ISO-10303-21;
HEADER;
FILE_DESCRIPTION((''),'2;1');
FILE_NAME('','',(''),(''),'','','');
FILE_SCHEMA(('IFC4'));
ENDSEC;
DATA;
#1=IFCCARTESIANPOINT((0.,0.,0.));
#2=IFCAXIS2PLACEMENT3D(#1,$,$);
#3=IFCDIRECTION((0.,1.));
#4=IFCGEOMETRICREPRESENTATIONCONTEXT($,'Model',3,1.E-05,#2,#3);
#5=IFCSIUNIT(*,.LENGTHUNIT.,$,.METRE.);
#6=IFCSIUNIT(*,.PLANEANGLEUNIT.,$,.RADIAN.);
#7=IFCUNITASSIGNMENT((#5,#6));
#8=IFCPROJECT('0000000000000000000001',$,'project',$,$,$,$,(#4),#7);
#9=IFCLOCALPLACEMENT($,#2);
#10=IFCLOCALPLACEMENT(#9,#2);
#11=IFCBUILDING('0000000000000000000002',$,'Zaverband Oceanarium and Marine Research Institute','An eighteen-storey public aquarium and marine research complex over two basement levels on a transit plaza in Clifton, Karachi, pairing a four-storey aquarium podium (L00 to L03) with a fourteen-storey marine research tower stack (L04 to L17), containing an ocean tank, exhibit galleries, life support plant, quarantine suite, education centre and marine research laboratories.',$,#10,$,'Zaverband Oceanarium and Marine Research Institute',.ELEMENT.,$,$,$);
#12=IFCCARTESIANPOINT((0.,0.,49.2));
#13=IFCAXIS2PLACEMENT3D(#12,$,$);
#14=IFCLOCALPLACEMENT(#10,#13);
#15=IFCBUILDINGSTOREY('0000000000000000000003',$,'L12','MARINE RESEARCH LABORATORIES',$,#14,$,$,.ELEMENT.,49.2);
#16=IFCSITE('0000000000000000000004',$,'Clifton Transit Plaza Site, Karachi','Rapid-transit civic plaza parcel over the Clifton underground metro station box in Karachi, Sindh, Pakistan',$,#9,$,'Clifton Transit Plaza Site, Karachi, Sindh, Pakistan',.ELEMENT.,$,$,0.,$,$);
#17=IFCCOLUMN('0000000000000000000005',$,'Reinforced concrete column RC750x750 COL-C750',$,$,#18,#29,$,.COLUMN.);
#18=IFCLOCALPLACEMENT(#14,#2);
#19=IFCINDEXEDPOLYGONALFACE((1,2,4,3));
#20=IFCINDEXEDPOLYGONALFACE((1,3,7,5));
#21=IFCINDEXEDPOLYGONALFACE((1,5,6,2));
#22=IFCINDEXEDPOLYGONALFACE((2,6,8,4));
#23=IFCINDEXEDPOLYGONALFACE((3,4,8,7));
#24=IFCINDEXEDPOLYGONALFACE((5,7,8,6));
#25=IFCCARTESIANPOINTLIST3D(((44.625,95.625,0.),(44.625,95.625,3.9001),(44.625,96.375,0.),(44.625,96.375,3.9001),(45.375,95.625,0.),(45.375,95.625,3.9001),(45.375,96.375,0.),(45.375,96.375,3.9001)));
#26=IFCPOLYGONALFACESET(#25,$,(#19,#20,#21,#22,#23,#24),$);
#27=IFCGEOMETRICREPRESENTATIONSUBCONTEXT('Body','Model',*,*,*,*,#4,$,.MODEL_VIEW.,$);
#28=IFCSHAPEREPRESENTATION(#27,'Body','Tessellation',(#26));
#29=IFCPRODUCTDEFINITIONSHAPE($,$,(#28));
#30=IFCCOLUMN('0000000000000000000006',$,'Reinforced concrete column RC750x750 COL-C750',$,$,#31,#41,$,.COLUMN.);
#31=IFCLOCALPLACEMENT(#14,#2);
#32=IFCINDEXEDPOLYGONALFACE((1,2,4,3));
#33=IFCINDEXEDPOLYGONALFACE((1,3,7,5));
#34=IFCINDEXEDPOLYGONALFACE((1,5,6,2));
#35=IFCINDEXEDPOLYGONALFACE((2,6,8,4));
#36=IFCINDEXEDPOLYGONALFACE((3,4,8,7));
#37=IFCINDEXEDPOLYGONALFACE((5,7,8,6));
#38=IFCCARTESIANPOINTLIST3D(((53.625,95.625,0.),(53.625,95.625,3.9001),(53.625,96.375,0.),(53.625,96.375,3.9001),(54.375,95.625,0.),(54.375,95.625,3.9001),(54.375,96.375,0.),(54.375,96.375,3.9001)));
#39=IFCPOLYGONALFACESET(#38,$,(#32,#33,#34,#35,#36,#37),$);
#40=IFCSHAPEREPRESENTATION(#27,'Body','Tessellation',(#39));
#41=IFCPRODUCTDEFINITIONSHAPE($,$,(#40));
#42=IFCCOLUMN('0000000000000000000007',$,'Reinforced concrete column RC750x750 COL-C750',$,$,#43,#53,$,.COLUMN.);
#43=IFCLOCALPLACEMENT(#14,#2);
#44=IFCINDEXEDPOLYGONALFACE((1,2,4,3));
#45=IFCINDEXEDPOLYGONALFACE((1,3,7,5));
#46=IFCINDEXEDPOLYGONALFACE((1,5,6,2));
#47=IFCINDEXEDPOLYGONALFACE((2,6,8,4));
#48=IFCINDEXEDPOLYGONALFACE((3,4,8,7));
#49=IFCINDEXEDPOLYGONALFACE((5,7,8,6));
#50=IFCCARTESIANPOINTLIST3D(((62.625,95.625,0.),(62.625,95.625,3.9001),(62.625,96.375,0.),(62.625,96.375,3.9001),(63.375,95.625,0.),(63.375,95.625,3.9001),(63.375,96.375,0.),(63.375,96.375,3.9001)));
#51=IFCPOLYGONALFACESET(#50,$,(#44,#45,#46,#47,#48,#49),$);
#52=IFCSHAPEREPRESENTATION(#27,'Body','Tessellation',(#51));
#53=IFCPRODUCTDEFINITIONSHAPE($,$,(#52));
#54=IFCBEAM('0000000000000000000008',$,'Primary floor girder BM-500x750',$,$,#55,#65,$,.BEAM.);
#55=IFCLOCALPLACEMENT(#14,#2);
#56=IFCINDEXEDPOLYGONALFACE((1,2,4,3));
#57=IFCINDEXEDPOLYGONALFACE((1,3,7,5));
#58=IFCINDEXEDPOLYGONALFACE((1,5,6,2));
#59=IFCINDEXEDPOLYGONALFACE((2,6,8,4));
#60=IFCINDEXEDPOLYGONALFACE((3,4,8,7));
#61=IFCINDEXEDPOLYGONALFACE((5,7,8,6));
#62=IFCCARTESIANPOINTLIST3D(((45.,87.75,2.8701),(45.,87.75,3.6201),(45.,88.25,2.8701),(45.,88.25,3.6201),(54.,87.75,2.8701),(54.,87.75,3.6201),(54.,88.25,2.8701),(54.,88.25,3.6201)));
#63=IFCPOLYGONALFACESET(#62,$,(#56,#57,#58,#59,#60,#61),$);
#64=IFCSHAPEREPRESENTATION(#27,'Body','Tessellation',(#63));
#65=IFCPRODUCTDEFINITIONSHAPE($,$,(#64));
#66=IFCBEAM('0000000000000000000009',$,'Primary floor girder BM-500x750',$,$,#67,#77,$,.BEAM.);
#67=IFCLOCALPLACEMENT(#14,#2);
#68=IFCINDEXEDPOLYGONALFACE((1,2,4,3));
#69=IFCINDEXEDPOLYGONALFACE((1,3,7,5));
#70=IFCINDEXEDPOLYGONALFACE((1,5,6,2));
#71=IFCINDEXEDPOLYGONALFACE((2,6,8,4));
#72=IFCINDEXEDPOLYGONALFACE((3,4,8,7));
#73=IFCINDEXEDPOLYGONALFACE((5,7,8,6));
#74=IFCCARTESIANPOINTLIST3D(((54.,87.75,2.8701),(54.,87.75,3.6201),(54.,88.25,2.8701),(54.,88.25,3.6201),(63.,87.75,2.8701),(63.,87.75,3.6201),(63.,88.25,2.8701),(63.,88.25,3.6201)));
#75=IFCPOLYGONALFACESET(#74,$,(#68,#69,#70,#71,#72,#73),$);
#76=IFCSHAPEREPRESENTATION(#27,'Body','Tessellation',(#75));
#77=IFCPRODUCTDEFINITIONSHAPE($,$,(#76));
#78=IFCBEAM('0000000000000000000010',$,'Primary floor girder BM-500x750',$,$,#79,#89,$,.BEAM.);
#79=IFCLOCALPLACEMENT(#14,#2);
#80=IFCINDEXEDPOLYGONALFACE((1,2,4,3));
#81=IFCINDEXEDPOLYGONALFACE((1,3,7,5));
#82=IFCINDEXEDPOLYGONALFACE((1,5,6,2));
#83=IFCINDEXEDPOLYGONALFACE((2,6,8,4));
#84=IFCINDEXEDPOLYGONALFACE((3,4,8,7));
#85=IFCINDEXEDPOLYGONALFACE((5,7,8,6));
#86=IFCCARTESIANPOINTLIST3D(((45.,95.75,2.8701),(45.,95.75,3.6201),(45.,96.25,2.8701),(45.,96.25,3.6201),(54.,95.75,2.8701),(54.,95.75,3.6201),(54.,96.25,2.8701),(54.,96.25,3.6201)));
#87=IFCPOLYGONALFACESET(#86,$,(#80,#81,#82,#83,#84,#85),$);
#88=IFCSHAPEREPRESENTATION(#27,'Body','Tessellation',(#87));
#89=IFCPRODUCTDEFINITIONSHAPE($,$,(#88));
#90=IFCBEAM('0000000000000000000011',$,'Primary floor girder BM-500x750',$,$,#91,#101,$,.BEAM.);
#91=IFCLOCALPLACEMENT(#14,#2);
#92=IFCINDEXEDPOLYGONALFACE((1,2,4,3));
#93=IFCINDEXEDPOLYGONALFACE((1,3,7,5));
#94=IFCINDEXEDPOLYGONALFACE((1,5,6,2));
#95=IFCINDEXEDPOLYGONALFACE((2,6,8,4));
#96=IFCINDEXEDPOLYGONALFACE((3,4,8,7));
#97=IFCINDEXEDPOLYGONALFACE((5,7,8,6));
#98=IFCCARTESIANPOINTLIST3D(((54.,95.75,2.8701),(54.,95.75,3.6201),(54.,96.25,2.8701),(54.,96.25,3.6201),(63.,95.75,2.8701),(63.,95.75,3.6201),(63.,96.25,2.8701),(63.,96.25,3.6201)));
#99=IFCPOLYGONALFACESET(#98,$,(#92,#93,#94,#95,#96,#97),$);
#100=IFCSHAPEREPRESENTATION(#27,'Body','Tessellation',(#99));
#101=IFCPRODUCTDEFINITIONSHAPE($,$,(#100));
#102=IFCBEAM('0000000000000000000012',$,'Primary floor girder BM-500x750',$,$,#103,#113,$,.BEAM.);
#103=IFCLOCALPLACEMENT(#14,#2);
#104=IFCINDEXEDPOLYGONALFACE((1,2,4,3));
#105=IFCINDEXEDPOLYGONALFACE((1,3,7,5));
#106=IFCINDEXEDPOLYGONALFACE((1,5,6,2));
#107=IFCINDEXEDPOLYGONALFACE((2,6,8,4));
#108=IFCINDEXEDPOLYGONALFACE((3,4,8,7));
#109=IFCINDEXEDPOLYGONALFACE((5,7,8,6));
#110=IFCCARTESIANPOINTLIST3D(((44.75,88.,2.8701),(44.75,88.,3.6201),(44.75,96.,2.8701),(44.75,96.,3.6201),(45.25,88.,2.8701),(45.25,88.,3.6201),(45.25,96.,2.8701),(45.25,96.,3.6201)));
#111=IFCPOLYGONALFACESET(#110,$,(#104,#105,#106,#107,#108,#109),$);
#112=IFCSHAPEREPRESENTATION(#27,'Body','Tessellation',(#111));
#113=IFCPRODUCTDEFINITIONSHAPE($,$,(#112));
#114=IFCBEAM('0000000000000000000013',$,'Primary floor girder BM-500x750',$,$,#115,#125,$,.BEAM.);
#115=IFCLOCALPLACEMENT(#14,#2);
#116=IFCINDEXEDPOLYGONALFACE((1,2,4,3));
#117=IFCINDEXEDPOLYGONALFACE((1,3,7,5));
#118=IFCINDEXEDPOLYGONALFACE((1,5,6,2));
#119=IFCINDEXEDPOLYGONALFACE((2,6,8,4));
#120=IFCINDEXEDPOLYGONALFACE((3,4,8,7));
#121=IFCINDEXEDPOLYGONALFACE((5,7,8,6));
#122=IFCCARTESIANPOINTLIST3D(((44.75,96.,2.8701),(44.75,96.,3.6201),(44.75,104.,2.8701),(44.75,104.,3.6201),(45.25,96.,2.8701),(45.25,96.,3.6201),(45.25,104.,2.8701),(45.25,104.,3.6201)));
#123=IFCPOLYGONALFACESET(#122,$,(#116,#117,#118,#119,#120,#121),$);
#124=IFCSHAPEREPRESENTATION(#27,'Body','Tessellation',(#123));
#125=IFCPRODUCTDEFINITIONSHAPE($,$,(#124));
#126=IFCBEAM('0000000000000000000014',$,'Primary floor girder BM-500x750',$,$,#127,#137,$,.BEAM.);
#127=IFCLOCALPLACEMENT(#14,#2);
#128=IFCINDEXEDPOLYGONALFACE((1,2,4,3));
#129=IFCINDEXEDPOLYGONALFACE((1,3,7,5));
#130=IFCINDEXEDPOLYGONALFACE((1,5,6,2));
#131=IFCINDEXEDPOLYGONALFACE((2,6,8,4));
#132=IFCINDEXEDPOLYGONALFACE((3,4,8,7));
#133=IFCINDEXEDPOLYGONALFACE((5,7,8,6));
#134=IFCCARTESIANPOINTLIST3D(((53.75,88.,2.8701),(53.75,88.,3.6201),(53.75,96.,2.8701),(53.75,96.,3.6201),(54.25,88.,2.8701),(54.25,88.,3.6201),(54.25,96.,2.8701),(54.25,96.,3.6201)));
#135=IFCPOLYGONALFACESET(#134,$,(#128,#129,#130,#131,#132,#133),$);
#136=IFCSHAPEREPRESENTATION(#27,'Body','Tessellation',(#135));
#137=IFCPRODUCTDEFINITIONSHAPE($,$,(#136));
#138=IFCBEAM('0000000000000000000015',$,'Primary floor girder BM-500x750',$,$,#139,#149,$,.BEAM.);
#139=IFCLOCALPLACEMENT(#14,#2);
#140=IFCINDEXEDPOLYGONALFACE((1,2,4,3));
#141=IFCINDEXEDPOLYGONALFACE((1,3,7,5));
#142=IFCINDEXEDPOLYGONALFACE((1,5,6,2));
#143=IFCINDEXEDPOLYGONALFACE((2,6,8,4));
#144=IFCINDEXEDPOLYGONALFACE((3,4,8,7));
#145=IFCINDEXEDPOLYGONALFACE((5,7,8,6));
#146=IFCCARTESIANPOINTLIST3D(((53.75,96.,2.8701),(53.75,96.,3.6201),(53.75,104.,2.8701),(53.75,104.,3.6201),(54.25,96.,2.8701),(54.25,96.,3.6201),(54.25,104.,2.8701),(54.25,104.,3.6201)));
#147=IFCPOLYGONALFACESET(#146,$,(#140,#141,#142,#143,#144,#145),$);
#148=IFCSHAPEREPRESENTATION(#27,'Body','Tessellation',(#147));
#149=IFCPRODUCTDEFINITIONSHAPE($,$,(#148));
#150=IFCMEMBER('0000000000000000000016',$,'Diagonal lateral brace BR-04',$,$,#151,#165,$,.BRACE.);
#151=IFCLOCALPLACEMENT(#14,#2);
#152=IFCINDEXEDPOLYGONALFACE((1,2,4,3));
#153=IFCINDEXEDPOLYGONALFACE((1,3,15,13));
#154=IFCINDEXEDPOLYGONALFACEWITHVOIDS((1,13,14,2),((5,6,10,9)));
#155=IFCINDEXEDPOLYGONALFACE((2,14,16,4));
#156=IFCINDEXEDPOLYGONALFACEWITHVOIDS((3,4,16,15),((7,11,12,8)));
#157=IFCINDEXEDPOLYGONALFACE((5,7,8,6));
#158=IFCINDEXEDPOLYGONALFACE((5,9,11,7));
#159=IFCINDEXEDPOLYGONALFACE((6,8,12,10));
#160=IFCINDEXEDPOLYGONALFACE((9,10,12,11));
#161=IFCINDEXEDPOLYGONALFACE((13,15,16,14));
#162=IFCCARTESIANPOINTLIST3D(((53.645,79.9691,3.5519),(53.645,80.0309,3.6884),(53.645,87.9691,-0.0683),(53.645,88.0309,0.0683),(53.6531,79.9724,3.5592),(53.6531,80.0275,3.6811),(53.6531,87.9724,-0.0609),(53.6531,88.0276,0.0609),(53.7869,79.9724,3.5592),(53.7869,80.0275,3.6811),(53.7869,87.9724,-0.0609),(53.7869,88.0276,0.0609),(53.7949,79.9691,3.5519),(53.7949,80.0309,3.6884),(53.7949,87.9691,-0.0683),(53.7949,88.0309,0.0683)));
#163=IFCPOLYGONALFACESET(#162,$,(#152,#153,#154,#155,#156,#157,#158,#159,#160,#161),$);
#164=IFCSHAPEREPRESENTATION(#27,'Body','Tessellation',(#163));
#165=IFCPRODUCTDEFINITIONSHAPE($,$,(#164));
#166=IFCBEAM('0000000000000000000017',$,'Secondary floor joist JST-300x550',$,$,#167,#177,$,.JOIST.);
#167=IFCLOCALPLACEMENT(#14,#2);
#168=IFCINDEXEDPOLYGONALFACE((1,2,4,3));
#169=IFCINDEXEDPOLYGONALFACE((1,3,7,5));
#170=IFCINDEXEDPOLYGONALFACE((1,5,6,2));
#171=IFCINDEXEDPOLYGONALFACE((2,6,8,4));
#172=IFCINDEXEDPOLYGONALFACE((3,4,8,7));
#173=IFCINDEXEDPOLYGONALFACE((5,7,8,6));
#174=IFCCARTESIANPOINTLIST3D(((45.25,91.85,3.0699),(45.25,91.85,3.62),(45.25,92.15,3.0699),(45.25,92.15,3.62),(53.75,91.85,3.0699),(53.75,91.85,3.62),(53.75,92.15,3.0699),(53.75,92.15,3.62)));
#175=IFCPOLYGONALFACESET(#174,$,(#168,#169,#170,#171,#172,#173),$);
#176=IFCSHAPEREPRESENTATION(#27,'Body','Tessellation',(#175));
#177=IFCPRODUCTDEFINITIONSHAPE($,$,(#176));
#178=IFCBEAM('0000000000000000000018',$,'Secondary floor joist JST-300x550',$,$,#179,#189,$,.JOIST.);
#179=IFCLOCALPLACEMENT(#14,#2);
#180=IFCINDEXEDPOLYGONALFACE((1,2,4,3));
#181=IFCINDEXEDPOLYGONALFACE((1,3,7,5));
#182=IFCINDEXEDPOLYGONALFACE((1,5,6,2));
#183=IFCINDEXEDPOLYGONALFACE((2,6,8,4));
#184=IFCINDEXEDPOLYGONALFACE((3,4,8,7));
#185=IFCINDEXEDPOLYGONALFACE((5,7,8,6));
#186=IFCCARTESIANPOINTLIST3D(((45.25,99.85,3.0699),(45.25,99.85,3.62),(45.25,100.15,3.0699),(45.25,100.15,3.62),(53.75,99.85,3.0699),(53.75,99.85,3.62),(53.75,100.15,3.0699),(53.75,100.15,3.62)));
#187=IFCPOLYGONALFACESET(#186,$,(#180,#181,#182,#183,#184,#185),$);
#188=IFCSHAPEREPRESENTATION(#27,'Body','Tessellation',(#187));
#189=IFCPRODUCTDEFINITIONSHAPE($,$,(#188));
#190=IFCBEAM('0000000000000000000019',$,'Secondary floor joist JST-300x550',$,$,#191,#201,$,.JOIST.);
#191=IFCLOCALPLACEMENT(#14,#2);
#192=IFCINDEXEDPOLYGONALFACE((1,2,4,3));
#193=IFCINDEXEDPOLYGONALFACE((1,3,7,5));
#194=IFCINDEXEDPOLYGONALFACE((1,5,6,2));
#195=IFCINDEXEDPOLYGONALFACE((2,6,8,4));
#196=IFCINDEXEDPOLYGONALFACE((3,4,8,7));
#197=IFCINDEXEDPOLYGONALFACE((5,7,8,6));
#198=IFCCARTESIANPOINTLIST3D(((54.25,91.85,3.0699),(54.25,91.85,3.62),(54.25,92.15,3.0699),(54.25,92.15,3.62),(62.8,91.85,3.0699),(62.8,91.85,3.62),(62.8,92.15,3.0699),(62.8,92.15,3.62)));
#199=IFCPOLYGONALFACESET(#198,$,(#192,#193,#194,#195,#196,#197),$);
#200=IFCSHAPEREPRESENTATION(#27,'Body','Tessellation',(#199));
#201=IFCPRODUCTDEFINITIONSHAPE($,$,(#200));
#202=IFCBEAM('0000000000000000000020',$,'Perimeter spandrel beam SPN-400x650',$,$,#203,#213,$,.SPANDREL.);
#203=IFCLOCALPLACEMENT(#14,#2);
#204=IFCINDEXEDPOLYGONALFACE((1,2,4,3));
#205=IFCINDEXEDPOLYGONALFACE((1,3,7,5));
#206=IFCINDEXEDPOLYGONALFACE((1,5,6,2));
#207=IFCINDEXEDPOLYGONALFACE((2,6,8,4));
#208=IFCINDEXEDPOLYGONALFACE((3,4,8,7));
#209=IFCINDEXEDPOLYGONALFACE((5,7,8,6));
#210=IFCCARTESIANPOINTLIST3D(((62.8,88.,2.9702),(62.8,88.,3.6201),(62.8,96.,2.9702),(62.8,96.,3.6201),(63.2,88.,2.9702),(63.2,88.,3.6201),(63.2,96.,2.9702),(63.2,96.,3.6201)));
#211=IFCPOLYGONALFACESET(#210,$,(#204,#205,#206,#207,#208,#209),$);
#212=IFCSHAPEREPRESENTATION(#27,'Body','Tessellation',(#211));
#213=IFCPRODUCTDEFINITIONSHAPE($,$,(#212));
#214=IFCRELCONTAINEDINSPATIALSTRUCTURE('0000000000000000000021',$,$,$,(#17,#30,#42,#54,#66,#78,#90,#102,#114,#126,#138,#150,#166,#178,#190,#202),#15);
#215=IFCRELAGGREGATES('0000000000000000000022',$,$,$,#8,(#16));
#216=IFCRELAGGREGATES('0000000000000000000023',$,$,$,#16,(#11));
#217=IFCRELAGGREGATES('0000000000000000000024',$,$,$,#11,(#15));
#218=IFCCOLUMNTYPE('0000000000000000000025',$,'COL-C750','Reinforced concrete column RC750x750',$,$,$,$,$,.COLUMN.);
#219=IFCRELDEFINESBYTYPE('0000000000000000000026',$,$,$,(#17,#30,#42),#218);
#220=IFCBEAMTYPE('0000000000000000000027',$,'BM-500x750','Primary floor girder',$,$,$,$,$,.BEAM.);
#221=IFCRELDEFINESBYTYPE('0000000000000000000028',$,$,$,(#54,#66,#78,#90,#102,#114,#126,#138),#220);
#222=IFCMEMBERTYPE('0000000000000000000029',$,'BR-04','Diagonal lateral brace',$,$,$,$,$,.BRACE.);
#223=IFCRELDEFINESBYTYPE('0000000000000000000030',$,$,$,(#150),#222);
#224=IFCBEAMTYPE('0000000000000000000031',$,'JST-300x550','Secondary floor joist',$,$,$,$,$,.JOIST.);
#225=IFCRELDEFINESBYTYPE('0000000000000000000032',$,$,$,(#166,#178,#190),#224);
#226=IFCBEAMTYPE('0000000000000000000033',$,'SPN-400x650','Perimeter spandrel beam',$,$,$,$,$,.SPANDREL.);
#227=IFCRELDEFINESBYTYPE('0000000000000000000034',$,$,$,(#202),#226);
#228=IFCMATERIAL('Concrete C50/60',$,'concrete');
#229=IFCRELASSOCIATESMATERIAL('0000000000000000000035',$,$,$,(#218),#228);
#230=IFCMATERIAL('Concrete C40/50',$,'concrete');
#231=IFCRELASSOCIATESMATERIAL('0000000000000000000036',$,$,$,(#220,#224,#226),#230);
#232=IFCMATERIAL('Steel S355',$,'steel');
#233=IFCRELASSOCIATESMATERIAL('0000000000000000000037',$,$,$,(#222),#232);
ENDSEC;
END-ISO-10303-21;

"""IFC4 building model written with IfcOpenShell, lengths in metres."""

from ifc_helpers import new_model, si_unit, direction, frame, origin, origin_2d, place, context, subcontext, project, spatial, rectangle, hollow_rectangle, extrude, material, material_profile, profile_set, type_object, element, save


model = new_model("IFC4")

# Units and contexts
model_context = context("Model", 3, precision=1e-05, world=origin(), true_north=direction((0.0, 1.0)))
body_context = subcontext(model_context, "Body", "Model", "MODEL_VIEW")
ifc_project = project(units=[si_unit("LENGTHUNIT", "METRE"), si_unit("PLANEANGLEUNIT", "RADIAN")], contexts=[model_context])

# Site, building, storey
site_placement = place(None, origin())
site = spatial("IfcSite", under=ifc_project, at=site_placement, Name="Clifton Transit Plaza Site, Karachi", Description="Rapid-transit civic plaza parcel over the Clifton underground metro station box in Karachi, Sindh, Pakistan", LongName="Clifton Transit Plaza Site, Karachi, Sindh, Pakistan", CompositionType="ELEMENT", RefElevation=0.0)
building_placement = place(site_placement, origin())
building = spatial("IfcBuilding", under=site, at=building_placement, Name="Zaverband Oceanarium and Marine Research Institute", Description="An eighteen-storey public aquarium and marine research complex over two basement levels on a transit plaza in Clifton, Karachi, pairing a four-storey aquarium podium (L00 to L03) with a fourteen-storey marine research tower stack (L04 to L17), containing an ocean tank, exhibit galleries, life support plant, quarantine suite, education centre and marine research laboratories.", LongName="Zaverband Oceanarium and Marine Research Institute", CompositionType="ELEMENT")
storey_placement = place(building_placement, frame((0.0, 0.0, 49.2)))
storey = spatial("IfcBuildingStorey", under=building, at=storey_placement, Name="L12", Description="MARINE RESEARCH LABORATORIES", CompositionType="ELEMENT", Elevation=49.2)

# Columns
ifc_material_1 = material(Name="Concrete C50/60", Category="concrete")
ifc_material_profile_1 = material_profile(ifc_material_1, rectangle(XDim=0.75, YDim=0.75, at=origin_2d()), Name="RC750x750")
ifc_profile_set_1 = profile_set([ifc_material_profile_1], Name="Concrete C50/60")
column_type = type_object("IfcColumnType", Name="COL-C750", Description="Reinforced concrete column RC750x750", PredefinedType="COLUMN", material=ifc_profile_set_1)
for number, where, z_axis, x_axis, name in (
    (1, (45.0, 96.0, 0.0), (0.0, 0.0, 1.0), (1.0, 0.0, 0.0), "Reinforced concrete column RC750x750 COL-C750"),
    (2, (54.0, 96.0, 0.0), (0.0, 0.0, 1.0), (1.0, 0.0, 0.0), "Reinforced concrete column RC750x750 COL-C750"),
    (3, (63.0, 96.0, 0.0), (0.0, 0.0, 1.0), (1.0, 0.0, 0.0), "Reinforced concrete column RC750x750 COL-C750"),
):
    element("IfcColumn", number, at=place(storey_placement, frame(where, z_axis=z_axis, x_axis=x_axis)), inside=storey, type_object=column_type, Name=name, PredefinedType="COLUMN", context=body_context, shape_type="SweptSolid", body=[
        extrude(rectangle(XDim=0.75, YDim=0.75, at=origin_2d()), origin(), (0.0, 0.0, 1.0), 3.9001),
    ])

# Beams
ifc_material_2 = material(Name="Concrete C40/50", Category="concrete")
ifc_material_profile_2 = material_profile(ifc_material_2, rectangle(XDim=0.5, YDim=0.75, at=origin_2d()), Name="RC500x750")
ifc_profile_set_2 = profile_set([ifc_material_profile_2], Name="Concrete C40/50")
beam_type_1 = type_object("IfcBeamType", Name="BM-500x750", Description="Primary floor girder", PredefinedType="BEAM", material=ifc_profile_set_2)
for number, where, z_axis, x_axis, name in (
    (4, (45.0, 88.0, 3.2451), (1.0, 0.0, 0.0), (0.0, 1.0, 0.0), "Primary floor girder BM-500x750"),
    (5, (54.0, 88.0, 3.2451), (1.0, 0.0, 0.0), (0.0, 1.0, 0.0), "Primary floor girder BM-500x750"),
    (6, (45.0, 96.0, 3.2451), (1.0, 0.0, 0.0), (0.0, 1.0, 0.0), "Primary floor girder BM-500x750"),
    (7, (54.0, 96.0, 3.2451), (1.0, 0.0, 0.0), (0.0, 1.0, 0.0), "Primary floor girder BM-500x750"),
):
    element("IfcBeam", number, at=place(storey_placement, frame(where, z_axis=z_axis, x_axis=x_axis)), inside=storey, type_object=beam_type_1, Name=name, PredefinedType="BEAM", context=body_context, shape_type="SweptSolid", body=[
        extrude(rectangle(XDim=0.5, YDim=0.75, at=origin_2d()), origin(), (0.0, 0.0, 1.0), 9.0),
    ])
for number, where, z_axis, x_axis, name in (
    (8, (45.0, 88.0, 3.2451), (0.0, 1.0, 0.0), (-1.0, 0.0, 0.0), "Primary floor girder BM-500x750"),
    (9, (45.0, 96.0, 3.2451), (0.0, 1.0, 0.0), (-1.0, 0.0, 0.0), "Primary floor girder BM-500x750"),
    (10, (54.0, 88.0, 3.2451), (0.0, 1.0, 0.0), (-1.0, 0.0, 0.0), "Primary floor girder BM-500x750"),
    (11, (54.0, 96.0, 3.2451), (0.0, 1.0, 0.0), (-1.0, 0.0, 0.0), "Primary floor girder BM-500x750"),
):
    element("IfcBeam", number, at=place(storey_placement, frame(where, z_axis=z_axis, x_axis=x_axis)), inside=storey, type_object=beam_type_1, Name=name, PredefinedType="BEAM", context=body_context, shape_type="SweptSolid", body=[
        extrude(rectangle(XDim=0.5, YDim=0.75, at=origin_2d()), origin(), (0.0, 0.0, 1.0), 8.0),
    ])

# Member
ifc_material_3 = material(Name="Steel S355", Category="steel")
ifc_material_profile_3 = material_profile(ifc_material_3, hollow_rectangle(XDim=0.1499, YDim=0.1499, WallThickness=0.0081, at=origin_2d()), Name="SHS150x150x8")
ifc_profile_set_3 = profile_set([ifc_material_profile_3], Name="Steel S355")
member_type = type_object("IfcMemberType", Name="BR-04", Description="Diagonal lateral brace", PredefinedType="BRACE", material=ifc_profile_set_3)
member_placement = place(storey_placement, frame((53.72, 88.0, 0.0), z_axis=(0.0, -0.911062, 0.412269), x_axis=(1.0, 0.0, 0.0)))
element("IfcMember", 12, at=member_placement, inside=storey, type_object=member_type, Name="Diagonal lateral brace BR-04", PredefinedType="BRACE", context=body_context, shape_type="SweptSolid", body=[
    extrude(hollow_rectangle(XDim=0.1499, YDim=0.1499, WallThickness=0.0081, at=origin_2d()), origin(), (0.0, 0.0, 1.0), 8.781),
])

# Beams
ifc_material_profile_4 = material_profile(ifc_material_2, rectangle(XDim=0.3, YDim=0.55, at=origin_2d()), Name="RC300x550")
ifc_profile_set_4 = profile_set([ifc_material_profile_4], Name="Concrete C40/50")
beam_type_2 = type_object("IfcBeamType", Name="JST-300x550", Description="Secondary floor joist", PredefinedType="JOIST", material=ifc_profile_set_4)
for number, where, z_axis, x_axis, name in (
    (13, (45.25, 92.0, 3.345), (1.0, 0.0, 0.0), (0.0, 1.0, 0.0), "Secondary floor joist JST-300x550"),
    (14, (45.25, 100.0, 3.345), (1.0, 0.0, 0.0), (0.0, 1.0, 0.0), "Secondary floor joist JST-300x550"),
):
    element("IfcBeam", number, at=place(storey_placement, frame(where, z_axis=z_axis, x_axis=x_axis)), inside=storey, type_object=beam_type_2, Name=name, PredefinedType="JOIST", context=body_context, shape_type="SweptSolid", body=[
        extrude(rectangle(XDim=0.3, YDim=0.55, at=origin_2d()), origin(), (0.0, 0.0, 1.0), 8.5),
    ])
beam_placement = place(storey_placement, frame((54.25, 92.0, 3.345), z_axis=(1.0, 0.0, 0.0), x_axis=(0.0, 1.0, 0.0)))
element("IfcBeam", 15, at=beam_placement, inside=storey, type_object=beam_type_2, Name="Secondary floor joist JST-300x550", PredefinedType="JOIST", context=body_context, shape_type="SweptSolid", body=[
    extrude(rectangle(XDim=0.3, YDim=0.55, at=origin_2d()), origin(), (0.0, 0.0, 1.0), 8.55),
])
ifc_material_profile_5 = material_profile(ifc_material_2, rectangle(XDim=0.3999, YDim=0.6499, at=origin_2d()), Name="RC400x650")
ifc_profile_set_5 = profile_set([ifc_material_profile_5], Name="Concrete C40/50")
beam_type_3 = type_object("IfcBeamType", Name="SPN-400x650", Description="Perimeter spandrel beam", PredefinedType="SPANDREL", material=ifc_profile_set_5)
for number, where, z_axis, x_axis, name in (
    (16, (63.0, 88.0, 3.2952), (0.0, 1.0, 0.0), (-1.0, 0.0, 0.0), "Perimeter spandrel beam SPN-400x650"),
):
    element("IfcBeam", number, at=place(storey_placement, frame(where, z_axis=z_axis, x_axis=x_axis)), inside=storey, type_object=beam_type_3, Name=name, PredefinedType="SPANDREL", context=body_context, shape_type="SweptSolid", body=[
        extrude(rectangle(XDim=0.3999, YDim=0.6499, at=origin_2d()), origin(), (0.0, 0.0, 1.0), 8.0),
    ])

save(model, "model.ifc")
